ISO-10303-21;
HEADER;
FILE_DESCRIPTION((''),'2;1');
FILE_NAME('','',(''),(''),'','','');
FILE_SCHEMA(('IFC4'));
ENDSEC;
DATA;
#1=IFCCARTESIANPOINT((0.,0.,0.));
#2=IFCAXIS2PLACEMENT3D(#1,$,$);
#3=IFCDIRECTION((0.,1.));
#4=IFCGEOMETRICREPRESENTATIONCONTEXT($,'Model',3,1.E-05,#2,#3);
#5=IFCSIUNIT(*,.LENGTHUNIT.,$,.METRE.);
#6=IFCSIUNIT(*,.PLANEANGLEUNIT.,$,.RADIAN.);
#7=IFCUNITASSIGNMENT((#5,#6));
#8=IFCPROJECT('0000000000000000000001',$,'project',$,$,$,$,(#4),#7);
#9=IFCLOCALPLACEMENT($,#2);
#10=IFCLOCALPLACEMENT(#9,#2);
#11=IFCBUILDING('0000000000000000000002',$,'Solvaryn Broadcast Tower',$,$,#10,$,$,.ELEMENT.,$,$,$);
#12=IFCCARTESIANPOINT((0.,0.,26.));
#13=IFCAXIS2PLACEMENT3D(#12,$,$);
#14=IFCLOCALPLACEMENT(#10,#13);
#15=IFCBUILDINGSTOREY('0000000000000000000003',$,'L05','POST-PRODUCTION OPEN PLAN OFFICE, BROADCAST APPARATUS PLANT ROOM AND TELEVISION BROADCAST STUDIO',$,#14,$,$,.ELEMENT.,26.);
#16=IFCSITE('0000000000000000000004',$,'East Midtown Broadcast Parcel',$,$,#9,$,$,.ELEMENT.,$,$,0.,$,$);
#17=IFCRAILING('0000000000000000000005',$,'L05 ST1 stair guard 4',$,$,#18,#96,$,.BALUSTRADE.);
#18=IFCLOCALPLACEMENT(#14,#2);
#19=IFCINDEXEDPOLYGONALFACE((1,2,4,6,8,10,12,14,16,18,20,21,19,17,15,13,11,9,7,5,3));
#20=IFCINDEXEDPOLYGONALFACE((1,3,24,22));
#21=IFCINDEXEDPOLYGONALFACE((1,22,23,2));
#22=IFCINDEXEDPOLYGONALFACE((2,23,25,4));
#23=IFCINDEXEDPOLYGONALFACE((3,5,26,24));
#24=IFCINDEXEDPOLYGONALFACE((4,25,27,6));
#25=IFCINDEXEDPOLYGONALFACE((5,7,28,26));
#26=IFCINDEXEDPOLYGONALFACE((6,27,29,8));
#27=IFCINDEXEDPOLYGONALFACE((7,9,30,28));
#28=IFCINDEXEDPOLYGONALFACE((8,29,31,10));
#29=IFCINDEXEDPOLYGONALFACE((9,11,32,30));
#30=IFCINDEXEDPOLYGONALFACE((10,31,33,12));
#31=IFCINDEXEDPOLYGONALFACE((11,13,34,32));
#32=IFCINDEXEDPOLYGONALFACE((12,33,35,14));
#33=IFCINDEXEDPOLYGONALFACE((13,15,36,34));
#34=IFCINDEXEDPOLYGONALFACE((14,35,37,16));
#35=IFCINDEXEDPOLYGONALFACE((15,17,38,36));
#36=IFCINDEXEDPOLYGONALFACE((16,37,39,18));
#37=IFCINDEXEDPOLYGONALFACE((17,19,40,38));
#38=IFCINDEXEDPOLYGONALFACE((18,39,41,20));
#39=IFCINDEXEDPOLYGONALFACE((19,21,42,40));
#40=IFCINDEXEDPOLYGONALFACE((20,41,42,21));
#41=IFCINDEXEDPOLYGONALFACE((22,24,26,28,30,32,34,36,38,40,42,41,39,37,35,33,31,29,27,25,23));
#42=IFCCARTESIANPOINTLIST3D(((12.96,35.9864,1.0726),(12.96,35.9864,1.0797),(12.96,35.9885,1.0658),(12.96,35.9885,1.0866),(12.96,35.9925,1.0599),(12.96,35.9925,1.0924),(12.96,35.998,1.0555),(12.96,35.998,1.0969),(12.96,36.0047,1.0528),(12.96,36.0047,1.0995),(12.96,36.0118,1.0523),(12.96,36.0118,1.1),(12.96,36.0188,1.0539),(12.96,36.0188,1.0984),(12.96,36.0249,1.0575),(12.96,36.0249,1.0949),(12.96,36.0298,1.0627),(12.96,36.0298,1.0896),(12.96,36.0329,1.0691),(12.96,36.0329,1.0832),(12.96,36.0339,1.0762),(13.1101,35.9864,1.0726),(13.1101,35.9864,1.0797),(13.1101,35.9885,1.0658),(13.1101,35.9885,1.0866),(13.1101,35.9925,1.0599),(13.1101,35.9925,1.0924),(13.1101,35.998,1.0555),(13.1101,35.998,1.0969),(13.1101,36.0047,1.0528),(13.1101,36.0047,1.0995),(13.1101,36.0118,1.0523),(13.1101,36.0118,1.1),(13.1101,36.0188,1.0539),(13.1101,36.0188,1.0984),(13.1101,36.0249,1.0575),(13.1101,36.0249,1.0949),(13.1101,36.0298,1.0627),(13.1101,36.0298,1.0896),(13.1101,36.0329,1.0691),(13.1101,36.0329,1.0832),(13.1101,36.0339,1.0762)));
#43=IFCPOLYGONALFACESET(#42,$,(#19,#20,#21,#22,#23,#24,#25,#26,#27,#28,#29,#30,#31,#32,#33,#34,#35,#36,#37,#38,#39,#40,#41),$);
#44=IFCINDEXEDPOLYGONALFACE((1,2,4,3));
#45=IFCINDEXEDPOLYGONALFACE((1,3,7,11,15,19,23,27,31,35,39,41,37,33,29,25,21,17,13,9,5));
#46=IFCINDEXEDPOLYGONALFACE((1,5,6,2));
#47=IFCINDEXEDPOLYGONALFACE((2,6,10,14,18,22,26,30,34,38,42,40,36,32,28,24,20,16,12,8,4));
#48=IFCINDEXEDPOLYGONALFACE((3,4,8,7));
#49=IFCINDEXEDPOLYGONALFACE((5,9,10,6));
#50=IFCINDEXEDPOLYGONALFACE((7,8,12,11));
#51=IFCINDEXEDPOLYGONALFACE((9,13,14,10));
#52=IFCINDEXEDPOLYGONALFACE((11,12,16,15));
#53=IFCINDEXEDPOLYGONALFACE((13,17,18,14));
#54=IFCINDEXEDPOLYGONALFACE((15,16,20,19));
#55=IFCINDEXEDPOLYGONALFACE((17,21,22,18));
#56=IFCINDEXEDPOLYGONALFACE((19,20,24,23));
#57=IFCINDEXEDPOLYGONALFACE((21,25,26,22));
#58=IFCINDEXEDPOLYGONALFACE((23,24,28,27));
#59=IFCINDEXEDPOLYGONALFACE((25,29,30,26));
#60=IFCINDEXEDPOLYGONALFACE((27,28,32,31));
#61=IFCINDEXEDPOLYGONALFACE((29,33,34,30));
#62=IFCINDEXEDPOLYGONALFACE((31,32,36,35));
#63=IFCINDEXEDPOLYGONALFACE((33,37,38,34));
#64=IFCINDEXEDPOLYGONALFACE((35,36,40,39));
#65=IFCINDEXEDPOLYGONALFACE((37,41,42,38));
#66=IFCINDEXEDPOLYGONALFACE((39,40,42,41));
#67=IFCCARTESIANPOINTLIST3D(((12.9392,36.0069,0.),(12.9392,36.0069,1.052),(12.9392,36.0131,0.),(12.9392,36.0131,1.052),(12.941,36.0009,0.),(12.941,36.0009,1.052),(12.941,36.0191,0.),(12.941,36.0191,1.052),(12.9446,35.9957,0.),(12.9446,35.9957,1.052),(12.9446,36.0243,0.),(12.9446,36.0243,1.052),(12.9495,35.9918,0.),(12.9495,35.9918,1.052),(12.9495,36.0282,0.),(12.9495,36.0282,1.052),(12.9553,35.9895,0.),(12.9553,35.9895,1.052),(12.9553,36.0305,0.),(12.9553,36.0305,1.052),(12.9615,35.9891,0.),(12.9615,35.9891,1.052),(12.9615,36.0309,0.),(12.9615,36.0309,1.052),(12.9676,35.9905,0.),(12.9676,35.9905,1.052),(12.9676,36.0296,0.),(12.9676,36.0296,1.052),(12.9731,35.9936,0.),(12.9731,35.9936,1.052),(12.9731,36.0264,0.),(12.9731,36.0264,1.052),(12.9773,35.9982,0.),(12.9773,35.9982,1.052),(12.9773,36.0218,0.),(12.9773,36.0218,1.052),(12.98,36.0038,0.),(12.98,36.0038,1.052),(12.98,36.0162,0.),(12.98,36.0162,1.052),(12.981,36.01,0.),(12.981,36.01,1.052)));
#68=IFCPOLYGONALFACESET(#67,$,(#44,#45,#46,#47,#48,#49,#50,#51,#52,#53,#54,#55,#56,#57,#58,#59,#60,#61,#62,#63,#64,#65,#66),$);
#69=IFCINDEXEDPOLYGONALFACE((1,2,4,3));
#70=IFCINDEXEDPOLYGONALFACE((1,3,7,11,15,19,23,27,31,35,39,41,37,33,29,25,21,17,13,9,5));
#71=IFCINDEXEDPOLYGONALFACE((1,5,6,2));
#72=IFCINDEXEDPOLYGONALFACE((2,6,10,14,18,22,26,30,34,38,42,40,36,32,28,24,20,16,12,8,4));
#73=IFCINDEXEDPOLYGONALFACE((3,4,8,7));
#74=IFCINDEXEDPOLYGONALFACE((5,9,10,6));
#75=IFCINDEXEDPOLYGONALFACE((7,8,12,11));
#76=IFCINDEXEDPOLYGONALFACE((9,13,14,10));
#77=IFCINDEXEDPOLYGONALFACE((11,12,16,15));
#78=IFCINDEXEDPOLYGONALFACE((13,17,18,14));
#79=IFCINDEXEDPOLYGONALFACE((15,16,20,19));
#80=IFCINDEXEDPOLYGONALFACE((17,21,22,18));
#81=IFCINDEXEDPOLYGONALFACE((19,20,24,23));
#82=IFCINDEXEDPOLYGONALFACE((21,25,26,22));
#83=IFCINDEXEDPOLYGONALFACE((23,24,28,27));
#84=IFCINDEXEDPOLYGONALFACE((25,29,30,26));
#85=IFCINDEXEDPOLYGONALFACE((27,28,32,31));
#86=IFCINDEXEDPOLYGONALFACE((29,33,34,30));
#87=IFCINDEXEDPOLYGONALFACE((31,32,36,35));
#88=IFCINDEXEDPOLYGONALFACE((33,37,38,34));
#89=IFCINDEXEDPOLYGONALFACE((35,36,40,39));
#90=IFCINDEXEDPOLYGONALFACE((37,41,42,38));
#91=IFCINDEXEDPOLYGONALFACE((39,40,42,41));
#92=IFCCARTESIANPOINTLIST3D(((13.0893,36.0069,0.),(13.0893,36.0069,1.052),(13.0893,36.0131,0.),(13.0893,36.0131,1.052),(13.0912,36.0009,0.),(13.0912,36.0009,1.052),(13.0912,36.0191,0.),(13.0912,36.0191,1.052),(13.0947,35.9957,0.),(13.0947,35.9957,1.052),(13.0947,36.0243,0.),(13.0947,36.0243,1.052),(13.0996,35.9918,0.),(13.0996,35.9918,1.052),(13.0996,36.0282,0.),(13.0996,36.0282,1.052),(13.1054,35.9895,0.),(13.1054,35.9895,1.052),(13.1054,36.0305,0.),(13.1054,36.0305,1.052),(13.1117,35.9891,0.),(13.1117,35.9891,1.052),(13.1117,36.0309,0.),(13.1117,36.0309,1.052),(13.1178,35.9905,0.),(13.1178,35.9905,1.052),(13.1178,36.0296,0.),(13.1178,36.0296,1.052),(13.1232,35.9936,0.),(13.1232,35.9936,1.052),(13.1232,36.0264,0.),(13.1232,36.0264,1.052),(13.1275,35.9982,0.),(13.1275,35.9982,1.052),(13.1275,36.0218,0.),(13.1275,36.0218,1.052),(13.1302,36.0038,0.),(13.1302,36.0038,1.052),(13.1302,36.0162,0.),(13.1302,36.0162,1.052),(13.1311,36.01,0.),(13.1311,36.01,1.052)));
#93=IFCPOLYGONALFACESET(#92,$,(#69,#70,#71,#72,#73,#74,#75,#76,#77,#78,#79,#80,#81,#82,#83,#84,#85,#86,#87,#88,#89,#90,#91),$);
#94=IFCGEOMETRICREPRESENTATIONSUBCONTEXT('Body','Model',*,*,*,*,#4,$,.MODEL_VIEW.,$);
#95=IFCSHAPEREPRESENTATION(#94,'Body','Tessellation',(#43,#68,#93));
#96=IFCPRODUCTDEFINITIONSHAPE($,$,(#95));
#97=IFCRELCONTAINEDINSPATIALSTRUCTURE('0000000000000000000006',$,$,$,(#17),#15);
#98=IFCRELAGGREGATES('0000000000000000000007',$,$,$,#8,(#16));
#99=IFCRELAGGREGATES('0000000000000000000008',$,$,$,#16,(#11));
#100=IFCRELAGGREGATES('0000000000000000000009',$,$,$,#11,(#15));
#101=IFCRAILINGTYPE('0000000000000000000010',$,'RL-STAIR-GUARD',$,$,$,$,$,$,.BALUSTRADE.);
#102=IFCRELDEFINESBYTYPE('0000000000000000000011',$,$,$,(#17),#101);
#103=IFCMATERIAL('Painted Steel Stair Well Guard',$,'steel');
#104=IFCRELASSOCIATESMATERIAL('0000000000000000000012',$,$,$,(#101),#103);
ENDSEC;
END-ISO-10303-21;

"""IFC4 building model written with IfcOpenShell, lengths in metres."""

from ifc_helpers import new_model, si_unit, direction, frame, origin, origin_2d, place, context, subcontext, project, spatial, circle, extrude, material, type_object, element, save


model = new_model("IFC4")

# Units and contexts
model_context = context("Model", 3, precision=1e-05, world=origin(), true_north=direction((0.0, 1.0)))
body_context = subcontext(model_context, "Body", "Model", "MODEL_VIEW")
ifc_project = project(units=[si_unit("LENGTHUNIT", "METRE"), si_unit("PLANEANGLEUNIT", "RADIAN")], contexts=[model_context])

# Site, building, storey
site_placement = place(None, origin())
site = spatial("IfcSite", under=ifc_project, at=site_placement, Name="East Midtown Broadcast Parcel", CompositionType="ELEMENT", RefElevation=0.0)
building_placement = place(site_placement, origin())
building = spatial("IfcBuilding", under=site, at=building_placement, Name="Solvaryn Broadcast Tower", CompositionType="ELEMENT")
storey_placement = place(building_placement, frame((0.0, 0.0, 26.0)))
storey = spatial("IfcBuildingStorey", under=building, at=storey_placement, Name="L05", Description="POST-PRODUCTION OPEN PLAN OFFICE, BROADCAST APPARATUS PLANT ROOM AND TELEVISION BROADCAST STUDIO", CompositionType="ELEMENT", Elevation=26.0)

# Railing
ifc_material_1 = material(Name="Painted Steel Stair Well Guard", Category="steel")
railing_type = type_object("IfcRailingType", Name="RL-STAIR-GUARD", PredefinedType="BALUSTRADE", material=ifc_material_1)
railing_1_placement = place(storey_placement, frame((12.96, 36.01, 0.0)))
element("IfcRailing", 1, at=railing_1_placement, inside=storey, type_object=railing_type, Name="L05 ST1 stair guard 4", PredefinedType="BALUSTRADE", context=body_context, shape_type="SweptSolid", body=[
    extrude(circle(Radius=0.0239, at=origin_2d()), frame((0.0, 0.0, 1.0762), z_axis=(1.0, 0.0, 0.0), x_axis=(0.0, 1.0, 0.0)), (0.0, 0.0, 1.0), 0.1501),
    extrude(circle(Radius=0.021, at=origin_2d()), origin(), (0.0, 0.0, 1.0), 1.052),
    extrude(circle(Radius=0.021, at=origin_2d()), frame((0.1501, 0.0, 0.0)), (0.0, 0.0, 1.0), 1.052),
])

save(model, "model.ifc")
